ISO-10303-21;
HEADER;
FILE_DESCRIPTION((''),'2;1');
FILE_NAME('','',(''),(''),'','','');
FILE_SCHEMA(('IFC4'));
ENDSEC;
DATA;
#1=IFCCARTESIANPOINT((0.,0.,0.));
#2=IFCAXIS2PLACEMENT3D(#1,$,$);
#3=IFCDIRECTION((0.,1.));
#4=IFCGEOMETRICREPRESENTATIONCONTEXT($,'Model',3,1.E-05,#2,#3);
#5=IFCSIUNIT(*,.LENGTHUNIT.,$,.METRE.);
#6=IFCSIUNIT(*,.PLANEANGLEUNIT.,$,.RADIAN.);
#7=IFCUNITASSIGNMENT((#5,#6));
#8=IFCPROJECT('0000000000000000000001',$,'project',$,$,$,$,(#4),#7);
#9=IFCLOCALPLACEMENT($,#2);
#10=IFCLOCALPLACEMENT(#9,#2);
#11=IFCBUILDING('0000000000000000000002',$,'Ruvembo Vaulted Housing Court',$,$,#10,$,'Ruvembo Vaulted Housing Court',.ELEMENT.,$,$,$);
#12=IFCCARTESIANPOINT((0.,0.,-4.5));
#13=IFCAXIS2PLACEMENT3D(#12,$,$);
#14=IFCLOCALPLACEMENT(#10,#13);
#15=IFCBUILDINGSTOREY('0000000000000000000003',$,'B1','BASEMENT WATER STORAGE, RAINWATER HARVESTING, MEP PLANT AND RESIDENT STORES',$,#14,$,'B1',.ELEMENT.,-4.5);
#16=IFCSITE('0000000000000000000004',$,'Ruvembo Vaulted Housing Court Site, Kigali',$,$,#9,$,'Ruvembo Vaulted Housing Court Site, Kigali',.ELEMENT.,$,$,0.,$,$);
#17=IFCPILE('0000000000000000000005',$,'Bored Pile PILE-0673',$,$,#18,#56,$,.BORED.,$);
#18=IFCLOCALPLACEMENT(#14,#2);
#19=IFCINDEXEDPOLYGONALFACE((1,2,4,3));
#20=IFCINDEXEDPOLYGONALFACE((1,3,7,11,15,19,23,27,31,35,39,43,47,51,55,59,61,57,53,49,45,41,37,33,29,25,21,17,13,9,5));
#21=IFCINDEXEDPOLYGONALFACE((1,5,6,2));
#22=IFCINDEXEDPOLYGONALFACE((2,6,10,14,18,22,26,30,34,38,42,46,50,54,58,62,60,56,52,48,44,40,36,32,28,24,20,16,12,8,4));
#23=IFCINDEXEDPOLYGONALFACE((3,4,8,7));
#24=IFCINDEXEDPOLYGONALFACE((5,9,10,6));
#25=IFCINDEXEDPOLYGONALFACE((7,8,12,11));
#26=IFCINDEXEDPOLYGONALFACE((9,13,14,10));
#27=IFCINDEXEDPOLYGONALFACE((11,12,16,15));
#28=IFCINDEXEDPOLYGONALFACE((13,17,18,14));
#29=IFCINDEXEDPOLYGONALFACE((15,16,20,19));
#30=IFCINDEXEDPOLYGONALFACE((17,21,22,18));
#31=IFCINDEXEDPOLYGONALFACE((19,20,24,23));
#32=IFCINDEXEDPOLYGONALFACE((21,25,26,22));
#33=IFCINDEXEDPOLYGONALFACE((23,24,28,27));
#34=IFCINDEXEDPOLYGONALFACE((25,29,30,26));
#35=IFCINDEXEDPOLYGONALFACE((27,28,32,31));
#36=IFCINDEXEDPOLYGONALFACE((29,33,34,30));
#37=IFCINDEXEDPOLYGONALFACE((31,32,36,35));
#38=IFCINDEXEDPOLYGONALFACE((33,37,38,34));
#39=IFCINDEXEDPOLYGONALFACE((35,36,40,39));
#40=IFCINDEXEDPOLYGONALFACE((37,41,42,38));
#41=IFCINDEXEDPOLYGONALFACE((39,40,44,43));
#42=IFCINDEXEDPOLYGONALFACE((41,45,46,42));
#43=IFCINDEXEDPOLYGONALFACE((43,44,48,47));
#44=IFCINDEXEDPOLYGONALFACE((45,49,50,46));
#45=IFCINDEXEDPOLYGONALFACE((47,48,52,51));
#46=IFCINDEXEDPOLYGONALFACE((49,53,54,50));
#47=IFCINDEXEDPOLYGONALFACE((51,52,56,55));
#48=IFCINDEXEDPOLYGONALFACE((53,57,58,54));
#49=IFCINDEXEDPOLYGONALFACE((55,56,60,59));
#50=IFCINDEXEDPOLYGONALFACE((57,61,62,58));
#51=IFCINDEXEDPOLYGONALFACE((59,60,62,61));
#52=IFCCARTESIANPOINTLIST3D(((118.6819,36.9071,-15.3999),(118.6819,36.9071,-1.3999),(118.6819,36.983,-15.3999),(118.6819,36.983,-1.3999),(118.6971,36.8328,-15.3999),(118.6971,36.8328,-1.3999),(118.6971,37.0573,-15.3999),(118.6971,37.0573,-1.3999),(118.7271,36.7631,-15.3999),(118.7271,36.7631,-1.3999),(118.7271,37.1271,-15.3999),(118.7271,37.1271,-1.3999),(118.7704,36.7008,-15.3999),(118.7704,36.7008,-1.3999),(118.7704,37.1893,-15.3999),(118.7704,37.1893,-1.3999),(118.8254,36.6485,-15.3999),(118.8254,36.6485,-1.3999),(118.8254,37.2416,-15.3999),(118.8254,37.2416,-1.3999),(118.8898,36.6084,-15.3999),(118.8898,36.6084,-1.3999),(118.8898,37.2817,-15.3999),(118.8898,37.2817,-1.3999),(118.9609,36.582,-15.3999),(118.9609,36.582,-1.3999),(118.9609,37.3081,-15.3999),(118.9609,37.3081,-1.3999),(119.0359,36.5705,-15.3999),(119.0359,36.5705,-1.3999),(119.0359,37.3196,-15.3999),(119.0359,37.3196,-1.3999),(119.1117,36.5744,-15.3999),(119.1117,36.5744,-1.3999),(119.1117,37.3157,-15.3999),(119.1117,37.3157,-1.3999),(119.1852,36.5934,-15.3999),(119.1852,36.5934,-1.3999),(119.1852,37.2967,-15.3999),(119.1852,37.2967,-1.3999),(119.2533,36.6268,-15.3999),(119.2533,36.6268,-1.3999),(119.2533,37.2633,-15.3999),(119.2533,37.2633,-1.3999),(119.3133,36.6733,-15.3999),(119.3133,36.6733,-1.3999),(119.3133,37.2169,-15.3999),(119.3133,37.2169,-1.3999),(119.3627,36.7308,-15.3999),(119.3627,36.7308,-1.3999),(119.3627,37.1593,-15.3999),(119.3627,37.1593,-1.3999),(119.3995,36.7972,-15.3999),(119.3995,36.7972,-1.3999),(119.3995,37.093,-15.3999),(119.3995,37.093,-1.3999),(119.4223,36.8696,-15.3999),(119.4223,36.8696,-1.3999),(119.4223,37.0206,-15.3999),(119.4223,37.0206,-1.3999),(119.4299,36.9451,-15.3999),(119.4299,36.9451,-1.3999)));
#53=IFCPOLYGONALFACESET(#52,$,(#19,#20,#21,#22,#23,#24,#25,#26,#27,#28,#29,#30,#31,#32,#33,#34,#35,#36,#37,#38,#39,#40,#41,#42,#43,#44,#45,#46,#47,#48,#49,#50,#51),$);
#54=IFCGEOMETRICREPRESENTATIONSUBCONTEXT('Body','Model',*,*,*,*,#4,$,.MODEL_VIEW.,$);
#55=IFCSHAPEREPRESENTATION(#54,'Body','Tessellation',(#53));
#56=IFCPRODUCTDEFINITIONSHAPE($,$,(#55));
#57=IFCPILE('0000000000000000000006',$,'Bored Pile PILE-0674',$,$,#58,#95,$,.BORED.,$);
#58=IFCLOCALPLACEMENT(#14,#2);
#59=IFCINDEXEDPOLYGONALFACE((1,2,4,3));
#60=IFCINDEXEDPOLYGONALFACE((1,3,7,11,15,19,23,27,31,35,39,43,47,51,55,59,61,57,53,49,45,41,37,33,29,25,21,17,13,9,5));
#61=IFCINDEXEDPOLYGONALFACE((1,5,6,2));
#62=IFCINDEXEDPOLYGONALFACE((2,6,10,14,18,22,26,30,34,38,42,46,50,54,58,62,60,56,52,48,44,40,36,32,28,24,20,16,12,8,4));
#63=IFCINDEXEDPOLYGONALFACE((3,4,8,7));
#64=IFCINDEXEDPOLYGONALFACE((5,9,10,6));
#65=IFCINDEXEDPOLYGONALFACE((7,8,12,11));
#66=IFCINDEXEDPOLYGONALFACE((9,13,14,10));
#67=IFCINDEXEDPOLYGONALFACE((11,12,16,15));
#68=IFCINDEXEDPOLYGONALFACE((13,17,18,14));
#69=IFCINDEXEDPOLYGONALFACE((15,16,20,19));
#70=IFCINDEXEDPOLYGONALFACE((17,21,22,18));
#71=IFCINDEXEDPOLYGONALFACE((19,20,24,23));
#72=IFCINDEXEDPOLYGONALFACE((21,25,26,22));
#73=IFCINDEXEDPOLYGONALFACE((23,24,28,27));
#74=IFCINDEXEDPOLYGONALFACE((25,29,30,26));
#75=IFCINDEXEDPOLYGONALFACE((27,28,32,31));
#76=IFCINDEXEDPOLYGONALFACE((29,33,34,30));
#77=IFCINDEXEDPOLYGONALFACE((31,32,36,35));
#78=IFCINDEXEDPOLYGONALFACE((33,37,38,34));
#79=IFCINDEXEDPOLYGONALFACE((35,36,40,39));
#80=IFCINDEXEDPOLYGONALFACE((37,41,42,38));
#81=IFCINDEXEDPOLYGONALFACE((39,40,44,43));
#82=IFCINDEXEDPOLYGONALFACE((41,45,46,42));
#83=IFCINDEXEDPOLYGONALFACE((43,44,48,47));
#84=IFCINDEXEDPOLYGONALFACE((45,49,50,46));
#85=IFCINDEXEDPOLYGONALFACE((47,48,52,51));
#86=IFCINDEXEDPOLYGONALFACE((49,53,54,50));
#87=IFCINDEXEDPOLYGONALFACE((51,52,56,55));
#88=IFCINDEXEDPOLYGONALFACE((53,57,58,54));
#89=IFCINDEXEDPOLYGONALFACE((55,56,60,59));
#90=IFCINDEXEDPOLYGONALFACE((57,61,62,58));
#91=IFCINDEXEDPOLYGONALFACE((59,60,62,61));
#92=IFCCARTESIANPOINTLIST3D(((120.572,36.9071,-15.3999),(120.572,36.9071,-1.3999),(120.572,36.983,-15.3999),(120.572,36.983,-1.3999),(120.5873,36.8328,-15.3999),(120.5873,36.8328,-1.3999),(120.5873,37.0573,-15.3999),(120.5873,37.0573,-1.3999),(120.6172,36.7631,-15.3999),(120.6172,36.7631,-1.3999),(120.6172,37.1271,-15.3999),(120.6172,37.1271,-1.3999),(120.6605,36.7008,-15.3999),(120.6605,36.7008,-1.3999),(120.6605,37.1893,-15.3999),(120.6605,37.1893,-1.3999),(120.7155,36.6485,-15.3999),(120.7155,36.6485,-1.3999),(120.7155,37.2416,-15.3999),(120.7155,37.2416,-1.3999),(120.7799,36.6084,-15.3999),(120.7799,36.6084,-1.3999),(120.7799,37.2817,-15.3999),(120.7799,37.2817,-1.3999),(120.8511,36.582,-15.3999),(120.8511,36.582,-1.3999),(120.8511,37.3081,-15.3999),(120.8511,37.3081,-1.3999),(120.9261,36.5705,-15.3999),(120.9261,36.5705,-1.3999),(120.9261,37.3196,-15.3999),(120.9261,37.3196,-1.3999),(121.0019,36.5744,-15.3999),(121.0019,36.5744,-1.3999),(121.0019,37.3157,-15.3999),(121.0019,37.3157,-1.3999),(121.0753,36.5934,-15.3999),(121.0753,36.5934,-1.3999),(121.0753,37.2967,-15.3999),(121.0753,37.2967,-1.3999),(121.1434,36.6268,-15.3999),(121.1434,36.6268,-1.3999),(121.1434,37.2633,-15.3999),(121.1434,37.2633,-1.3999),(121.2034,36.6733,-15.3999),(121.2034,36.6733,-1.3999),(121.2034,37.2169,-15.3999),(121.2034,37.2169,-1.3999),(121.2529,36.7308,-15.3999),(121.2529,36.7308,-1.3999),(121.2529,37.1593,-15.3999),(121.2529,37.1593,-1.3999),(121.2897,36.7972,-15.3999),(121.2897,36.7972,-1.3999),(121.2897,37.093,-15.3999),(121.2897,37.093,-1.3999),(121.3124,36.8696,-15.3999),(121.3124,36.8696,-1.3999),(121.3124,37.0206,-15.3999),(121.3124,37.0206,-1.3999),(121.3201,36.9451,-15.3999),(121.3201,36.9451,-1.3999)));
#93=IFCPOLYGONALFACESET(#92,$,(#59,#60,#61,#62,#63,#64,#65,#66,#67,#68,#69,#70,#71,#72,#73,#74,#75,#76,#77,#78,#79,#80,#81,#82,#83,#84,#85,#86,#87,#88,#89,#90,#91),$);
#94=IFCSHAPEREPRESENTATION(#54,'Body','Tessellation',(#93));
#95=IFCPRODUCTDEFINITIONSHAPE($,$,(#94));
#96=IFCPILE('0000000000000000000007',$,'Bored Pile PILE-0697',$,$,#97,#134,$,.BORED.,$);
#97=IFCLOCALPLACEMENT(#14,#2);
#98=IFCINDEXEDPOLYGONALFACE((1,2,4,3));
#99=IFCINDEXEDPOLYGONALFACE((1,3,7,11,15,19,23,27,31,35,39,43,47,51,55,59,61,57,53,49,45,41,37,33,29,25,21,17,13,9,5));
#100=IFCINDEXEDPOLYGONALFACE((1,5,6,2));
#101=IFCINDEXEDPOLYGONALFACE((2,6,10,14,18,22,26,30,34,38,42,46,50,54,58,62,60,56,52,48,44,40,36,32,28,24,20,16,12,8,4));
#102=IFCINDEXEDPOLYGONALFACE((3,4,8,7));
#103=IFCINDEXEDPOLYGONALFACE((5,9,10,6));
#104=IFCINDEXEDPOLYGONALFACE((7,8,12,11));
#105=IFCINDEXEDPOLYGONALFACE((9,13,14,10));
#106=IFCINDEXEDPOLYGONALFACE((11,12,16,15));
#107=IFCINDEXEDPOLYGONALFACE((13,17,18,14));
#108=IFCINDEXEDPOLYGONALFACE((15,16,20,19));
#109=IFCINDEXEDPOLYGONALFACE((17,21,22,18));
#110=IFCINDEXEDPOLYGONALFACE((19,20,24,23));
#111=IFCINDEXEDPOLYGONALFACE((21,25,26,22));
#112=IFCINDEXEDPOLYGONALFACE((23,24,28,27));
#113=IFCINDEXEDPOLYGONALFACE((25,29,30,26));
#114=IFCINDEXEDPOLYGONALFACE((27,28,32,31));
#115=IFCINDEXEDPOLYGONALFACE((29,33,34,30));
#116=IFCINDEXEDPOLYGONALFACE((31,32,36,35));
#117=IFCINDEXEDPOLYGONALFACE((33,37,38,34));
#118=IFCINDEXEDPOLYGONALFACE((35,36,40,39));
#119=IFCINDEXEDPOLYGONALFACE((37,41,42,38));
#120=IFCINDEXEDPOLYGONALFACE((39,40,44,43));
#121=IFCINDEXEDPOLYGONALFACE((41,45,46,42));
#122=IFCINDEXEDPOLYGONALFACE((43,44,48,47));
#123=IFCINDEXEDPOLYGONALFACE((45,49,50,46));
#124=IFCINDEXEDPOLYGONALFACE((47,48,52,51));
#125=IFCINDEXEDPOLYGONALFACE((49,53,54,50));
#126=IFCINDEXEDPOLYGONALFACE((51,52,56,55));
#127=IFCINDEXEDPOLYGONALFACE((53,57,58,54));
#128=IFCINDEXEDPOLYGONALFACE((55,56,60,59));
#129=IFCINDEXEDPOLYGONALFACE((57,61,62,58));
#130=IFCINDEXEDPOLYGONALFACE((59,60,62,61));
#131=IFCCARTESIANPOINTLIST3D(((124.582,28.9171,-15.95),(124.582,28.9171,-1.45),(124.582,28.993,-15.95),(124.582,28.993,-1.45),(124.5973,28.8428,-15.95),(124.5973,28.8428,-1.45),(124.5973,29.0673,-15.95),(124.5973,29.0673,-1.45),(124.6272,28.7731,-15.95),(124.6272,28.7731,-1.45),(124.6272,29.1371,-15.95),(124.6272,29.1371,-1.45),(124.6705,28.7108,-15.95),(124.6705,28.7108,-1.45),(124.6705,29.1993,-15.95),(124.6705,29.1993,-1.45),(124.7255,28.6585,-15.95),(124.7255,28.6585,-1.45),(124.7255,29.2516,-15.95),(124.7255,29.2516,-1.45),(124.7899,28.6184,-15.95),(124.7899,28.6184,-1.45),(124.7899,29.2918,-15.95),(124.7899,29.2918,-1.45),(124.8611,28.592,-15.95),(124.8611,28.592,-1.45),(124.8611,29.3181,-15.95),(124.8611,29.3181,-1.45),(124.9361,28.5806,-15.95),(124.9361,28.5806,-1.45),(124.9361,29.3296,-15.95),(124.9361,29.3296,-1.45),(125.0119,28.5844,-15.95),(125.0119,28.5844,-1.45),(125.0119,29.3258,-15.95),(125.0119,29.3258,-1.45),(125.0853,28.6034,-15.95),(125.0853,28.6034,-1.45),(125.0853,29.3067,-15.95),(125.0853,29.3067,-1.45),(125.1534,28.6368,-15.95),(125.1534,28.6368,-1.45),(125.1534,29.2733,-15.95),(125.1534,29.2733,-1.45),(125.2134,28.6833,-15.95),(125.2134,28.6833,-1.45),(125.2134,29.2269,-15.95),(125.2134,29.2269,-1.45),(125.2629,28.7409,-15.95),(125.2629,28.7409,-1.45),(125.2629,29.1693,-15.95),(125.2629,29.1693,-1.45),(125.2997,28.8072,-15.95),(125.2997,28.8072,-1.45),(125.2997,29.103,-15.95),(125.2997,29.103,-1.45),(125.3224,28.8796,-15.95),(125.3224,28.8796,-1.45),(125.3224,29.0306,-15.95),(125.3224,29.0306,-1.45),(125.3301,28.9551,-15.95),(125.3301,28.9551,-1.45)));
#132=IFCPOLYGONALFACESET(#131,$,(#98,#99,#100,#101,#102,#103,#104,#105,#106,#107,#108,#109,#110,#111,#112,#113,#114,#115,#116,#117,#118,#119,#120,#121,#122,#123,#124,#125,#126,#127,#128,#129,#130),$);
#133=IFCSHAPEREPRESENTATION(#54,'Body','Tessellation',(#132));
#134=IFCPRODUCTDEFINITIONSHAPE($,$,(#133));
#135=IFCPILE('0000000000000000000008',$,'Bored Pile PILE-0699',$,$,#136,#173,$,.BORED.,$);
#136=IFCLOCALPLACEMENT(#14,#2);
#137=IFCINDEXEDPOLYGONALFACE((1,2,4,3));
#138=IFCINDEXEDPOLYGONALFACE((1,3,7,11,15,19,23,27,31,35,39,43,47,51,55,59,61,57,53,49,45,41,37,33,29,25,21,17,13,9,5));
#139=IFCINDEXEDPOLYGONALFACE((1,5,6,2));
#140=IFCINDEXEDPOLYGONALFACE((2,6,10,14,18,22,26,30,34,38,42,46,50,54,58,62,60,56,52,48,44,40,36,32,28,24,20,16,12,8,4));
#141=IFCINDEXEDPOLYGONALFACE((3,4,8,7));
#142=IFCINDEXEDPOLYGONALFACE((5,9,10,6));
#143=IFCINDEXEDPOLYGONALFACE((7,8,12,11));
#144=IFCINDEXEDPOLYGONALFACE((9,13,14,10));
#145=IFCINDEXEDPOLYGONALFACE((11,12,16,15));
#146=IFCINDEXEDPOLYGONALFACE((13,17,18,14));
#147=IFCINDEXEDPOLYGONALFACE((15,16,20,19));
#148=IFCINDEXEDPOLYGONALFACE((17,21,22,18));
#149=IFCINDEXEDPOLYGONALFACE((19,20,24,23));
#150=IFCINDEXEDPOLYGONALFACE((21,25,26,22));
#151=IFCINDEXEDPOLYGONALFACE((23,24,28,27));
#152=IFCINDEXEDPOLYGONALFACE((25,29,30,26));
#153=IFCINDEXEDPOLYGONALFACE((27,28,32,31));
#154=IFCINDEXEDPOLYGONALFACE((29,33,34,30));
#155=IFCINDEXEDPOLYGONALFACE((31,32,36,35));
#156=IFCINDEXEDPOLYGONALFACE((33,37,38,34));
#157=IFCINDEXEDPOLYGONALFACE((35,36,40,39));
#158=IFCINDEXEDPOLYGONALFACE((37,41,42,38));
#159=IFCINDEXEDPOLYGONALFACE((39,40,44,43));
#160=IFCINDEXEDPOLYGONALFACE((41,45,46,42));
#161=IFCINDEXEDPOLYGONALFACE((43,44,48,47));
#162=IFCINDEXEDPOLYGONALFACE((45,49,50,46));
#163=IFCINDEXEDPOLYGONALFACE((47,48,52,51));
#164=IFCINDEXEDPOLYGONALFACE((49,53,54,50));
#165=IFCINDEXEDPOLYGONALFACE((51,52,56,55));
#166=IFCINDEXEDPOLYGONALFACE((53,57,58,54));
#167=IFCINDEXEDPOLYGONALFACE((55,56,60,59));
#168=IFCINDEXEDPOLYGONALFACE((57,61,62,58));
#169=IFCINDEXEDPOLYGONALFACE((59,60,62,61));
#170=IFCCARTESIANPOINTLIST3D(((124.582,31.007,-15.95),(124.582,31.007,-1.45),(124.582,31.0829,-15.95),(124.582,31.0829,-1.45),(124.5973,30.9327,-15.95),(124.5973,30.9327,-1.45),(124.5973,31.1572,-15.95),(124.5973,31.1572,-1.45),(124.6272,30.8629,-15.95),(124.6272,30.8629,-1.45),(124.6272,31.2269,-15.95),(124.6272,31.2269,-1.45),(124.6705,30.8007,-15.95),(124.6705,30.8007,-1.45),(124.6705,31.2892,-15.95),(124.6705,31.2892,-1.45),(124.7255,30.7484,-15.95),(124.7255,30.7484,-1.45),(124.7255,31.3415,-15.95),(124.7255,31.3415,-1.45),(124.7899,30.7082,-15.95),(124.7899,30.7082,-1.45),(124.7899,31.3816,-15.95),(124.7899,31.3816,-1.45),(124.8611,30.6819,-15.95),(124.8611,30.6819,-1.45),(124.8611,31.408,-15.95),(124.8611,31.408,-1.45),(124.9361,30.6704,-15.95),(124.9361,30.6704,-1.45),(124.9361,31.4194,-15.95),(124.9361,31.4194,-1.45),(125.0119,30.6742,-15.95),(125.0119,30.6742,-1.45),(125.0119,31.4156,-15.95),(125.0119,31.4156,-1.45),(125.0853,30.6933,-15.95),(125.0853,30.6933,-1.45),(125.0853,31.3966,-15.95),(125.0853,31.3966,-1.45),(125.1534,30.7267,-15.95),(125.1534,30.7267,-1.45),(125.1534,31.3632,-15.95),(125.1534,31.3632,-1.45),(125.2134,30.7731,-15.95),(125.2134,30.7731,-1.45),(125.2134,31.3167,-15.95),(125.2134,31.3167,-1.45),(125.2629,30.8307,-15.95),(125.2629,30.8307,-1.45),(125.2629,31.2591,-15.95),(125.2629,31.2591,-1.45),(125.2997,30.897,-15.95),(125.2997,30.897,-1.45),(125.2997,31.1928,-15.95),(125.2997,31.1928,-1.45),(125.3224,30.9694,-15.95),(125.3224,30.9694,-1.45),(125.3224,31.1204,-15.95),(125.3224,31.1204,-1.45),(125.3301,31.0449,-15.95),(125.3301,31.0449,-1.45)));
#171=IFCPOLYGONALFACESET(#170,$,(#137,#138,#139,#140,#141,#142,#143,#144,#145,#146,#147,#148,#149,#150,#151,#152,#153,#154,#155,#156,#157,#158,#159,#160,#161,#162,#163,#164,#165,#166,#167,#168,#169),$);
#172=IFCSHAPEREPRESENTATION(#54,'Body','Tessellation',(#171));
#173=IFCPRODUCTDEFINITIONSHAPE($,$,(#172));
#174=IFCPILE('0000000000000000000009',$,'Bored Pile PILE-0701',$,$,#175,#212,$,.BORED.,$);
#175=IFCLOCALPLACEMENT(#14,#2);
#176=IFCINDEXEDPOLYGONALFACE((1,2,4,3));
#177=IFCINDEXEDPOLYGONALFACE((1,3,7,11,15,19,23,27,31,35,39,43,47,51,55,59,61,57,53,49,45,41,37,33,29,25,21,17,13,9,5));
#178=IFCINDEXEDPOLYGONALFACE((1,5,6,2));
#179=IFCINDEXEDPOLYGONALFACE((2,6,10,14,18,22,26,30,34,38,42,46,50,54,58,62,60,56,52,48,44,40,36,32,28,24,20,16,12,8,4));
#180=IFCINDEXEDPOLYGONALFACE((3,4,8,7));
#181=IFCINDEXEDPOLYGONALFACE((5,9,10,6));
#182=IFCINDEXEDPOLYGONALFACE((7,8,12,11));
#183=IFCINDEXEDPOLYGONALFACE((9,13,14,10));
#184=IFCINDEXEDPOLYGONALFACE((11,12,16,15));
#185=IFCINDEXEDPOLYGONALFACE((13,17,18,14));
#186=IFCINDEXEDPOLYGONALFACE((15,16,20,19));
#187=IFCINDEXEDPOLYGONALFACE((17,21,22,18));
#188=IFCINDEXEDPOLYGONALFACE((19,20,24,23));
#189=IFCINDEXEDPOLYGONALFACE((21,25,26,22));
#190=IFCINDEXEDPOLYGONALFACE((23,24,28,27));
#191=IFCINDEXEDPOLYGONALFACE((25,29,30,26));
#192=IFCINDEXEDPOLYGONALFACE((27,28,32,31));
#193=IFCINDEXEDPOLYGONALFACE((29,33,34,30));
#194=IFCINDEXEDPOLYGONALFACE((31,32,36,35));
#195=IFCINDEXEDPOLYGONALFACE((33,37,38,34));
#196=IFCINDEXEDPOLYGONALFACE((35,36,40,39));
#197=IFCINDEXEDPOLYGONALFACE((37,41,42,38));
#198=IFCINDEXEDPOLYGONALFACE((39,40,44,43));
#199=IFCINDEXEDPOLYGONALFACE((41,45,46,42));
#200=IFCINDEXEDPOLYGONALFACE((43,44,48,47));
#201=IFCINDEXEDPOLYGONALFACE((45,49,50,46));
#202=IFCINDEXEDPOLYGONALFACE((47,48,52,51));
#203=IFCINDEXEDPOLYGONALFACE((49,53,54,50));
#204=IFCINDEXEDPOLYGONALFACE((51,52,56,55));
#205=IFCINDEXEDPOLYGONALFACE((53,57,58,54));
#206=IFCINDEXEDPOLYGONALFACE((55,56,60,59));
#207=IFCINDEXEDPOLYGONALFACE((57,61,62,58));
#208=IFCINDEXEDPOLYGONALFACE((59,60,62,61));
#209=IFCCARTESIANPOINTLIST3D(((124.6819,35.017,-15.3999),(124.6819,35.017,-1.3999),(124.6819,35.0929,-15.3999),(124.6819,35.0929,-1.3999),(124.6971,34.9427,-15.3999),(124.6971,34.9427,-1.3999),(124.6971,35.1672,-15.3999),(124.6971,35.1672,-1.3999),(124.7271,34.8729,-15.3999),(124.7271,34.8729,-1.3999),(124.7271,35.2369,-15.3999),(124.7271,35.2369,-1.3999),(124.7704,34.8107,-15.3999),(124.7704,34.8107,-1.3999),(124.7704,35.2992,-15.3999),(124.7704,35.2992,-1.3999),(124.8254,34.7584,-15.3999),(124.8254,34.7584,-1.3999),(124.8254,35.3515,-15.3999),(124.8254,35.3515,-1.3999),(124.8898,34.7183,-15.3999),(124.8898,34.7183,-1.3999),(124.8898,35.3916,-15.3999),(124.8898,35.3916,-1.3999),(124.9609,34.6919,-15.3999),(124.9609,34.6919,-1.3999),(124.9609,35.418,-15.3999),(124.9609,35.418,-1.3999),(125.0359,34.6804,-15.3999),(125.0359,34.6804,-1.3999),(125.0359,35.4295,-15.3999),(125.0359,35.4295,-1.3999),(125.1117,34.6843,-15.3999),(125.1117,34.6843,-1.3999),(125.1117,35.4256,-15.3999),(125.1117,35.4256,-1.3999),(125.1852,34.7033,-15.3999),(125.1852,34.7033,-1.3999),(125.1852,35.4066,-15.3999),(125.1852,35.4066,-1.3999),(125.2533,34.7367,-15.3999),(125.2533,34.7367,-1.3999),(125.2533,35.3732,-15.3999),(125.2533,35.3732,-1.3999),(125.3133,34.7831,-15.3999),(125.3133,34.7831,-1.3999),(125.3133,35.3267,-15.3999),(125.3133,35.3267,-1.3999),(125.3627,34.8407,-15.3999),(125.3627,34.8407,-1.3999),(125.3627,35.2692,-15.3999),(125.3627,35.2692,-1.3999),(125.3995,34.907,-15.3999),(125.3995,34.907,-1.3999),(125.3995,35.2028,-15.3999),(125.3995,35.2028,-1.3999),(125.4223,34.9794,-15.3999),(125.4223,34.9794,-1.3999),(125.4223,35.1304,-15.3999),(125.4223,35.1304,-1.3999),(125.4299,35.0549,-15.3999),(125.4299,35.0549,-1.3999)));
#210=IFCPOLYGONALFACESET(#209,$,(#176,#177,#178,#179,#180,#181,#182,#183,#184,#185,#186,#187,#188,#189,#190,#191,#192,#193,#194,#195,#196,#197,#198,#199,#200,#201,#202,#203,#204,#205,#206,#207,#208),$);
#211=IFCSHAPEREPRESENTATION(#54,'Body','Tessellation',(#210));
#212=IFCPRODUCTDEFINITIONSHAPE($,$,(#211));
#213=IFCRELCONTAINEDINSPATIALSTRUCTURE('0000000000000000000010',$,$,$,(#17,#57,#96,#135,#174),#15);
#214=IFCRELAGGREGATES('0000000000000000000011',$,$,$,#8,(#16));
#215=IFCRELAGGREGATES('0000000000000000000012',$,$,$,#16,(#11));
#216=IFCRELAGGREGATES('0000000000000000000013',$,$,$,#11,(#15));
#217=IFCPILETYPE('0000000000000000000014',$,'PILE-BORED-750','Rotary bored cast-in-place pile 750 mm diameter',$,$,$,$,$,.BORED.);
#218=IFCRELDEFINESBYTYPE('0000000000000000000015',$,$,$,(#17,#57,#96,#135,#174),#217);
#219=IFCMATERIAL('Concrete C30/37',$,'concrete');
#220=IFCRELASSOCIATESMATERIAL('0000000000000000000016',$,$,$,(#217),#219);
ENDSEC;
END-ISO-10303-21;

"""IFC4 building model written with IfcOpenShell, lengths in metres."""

from ifc_helpers import new_model, si_unit, direction, frame, origin, origin_2d, place, context, subcontext, project, spatial, circle, extrude, material, material_profile, profile_set, type_object, element, save


model = new_model("IFC4")

# Units and contexts
model_context = context("Model", 3, precision=1e-05, world=origin(), true_north=direction((0.0, 1.0)))
body_context = subcontext(model_context, "Body", "Model", "MODEL_VIEW")
ifc_project = project(units=[si_unit("LENGTHUNIT", "METRE"), si_unit("PLANEANGLEUNIT", "RADIAN")], contexts=[model_context])

# Site, building, storey
site_placement = place(None, origin())
site = spatial("IfcSite", under=ifc_project, at=site_placement, Name="Ruvembo Vaulted Housing Court Site, Kigali", LongName="Ruvembo Vaulted Housing Court Site, Kigali", CompositionType="ELEMENT", RefElevation=0.0)
building_placement = place(site_placement, origin())
building = spatial("IfcBuilding", under=site, at=building_placement, Name="Ruvembo Vaulted Housing Court", LongName="Ruvembo Vaulted Housing Court", CompositionType="ELEMENT")
storey_placement = place(building_placement, frame((0.0, 0.0, -4.5)))
storey = spatial("IfcBuildingStorey", under=building, at=storey_placement, Name="B1", Description="BASEMENT WATER STORAGE, RAINWATER HARVESTING, MEP PLANT AND RESIDENT STORES", LongName="B1", CompositionType="ELEMENT", Elevation=-4.5)

# Piles
ifc_material_1 = material(Name="Concrete C30/37", Category="concrete")
ifc_material_profile_1 = material_profile(ifc_material_1, circle(Radius=0.375, at=origin_2d()), Name="PILE D750")
ifc_profile_set_1 = profile_set([ifc_material_profile_1], Name="Concrete C30/37")
pile_type = type_object("IfcPileType", Name="PILE-BORED-750", Description="Rotary bored cast-in-place pile 750 mm diameter", PredefinedType="BORED", material=ifc_profile_set_1)
for number, where, z_axis, x_axis, name in (
    (1, (119.0549, 36.9451, -1.3999), (0.0, 0.0, -1.0), (1.0, 0.0, 0.0), "Bored Pile PILE-0673"),
    (2, (120.9451, 36.9451, -1.3999), (0.0, 0.0, -1.0), (1.0, 0.0, 0.0), "Bored Pile PILE-0674"),
):
    element("IfcPile", number, at=place(storey_placement, frame(where, z_axis=z_axis, x_axis=x_axis)), inside=storey, type_object=pile_type, Name=name, PredefinedType="BORED", context=body_context, shape_type="SweptSolid", body=[
        extrude(circle(Radius=0.375, at=origin_2d()), origin(), (0.0, 0.0, 1.0), 14.0),
    ])
for number, where, z_axis, x_axis, name in (
    (3, (124.9551, 28.9551, -1.45), (0.0, 0.0, -1.0), (1.0, 0.0, 0.0), "Bored Pile PILE-0697"),
    (4, (124.9551, 31.0449, -1.45), (0.0, 0.0, -1.0), (1.0, 0.0, 0.0), "Bored Pile PILE-0699"),
):
    element("IfcPile", number, at=place(storey_placement, frame(where, z_axis=z_axis, x_axis=x_axis)), inside=storey, type_object=pile_type, Name=name, PredefinedType="BORED", context=body_context, shape_type="SweptSolid", body=[
        extrude(circle(Radius=0.375, at=origin_2d()), origin(), (0.0, 0.0, 1.0), 14.5),
    ])
for number, where, z_axis, x_axis, name in (
    (5, (125.0549, 35.0549, -1.3999), (0.0, 0.0, -1.0), (1.0, 0.0, 0.0), "Bored Pile PILE-0701"),
):
    element("IfcPile", number, at=place(storey_placement, frame(where, z_axis=z_axis, x_axis=x_axis)), inside=storey, type_object=pile_type, Name=name, PredefinedType="BORED", context=body_context, shape_type="SweptSolid", body=[
        extrude(circle(Radius=0.375, at=origin_2d()), origin(), (0.0, 0.0, 1.0), 14.0),
    ])

save(model, "model.ifc")
